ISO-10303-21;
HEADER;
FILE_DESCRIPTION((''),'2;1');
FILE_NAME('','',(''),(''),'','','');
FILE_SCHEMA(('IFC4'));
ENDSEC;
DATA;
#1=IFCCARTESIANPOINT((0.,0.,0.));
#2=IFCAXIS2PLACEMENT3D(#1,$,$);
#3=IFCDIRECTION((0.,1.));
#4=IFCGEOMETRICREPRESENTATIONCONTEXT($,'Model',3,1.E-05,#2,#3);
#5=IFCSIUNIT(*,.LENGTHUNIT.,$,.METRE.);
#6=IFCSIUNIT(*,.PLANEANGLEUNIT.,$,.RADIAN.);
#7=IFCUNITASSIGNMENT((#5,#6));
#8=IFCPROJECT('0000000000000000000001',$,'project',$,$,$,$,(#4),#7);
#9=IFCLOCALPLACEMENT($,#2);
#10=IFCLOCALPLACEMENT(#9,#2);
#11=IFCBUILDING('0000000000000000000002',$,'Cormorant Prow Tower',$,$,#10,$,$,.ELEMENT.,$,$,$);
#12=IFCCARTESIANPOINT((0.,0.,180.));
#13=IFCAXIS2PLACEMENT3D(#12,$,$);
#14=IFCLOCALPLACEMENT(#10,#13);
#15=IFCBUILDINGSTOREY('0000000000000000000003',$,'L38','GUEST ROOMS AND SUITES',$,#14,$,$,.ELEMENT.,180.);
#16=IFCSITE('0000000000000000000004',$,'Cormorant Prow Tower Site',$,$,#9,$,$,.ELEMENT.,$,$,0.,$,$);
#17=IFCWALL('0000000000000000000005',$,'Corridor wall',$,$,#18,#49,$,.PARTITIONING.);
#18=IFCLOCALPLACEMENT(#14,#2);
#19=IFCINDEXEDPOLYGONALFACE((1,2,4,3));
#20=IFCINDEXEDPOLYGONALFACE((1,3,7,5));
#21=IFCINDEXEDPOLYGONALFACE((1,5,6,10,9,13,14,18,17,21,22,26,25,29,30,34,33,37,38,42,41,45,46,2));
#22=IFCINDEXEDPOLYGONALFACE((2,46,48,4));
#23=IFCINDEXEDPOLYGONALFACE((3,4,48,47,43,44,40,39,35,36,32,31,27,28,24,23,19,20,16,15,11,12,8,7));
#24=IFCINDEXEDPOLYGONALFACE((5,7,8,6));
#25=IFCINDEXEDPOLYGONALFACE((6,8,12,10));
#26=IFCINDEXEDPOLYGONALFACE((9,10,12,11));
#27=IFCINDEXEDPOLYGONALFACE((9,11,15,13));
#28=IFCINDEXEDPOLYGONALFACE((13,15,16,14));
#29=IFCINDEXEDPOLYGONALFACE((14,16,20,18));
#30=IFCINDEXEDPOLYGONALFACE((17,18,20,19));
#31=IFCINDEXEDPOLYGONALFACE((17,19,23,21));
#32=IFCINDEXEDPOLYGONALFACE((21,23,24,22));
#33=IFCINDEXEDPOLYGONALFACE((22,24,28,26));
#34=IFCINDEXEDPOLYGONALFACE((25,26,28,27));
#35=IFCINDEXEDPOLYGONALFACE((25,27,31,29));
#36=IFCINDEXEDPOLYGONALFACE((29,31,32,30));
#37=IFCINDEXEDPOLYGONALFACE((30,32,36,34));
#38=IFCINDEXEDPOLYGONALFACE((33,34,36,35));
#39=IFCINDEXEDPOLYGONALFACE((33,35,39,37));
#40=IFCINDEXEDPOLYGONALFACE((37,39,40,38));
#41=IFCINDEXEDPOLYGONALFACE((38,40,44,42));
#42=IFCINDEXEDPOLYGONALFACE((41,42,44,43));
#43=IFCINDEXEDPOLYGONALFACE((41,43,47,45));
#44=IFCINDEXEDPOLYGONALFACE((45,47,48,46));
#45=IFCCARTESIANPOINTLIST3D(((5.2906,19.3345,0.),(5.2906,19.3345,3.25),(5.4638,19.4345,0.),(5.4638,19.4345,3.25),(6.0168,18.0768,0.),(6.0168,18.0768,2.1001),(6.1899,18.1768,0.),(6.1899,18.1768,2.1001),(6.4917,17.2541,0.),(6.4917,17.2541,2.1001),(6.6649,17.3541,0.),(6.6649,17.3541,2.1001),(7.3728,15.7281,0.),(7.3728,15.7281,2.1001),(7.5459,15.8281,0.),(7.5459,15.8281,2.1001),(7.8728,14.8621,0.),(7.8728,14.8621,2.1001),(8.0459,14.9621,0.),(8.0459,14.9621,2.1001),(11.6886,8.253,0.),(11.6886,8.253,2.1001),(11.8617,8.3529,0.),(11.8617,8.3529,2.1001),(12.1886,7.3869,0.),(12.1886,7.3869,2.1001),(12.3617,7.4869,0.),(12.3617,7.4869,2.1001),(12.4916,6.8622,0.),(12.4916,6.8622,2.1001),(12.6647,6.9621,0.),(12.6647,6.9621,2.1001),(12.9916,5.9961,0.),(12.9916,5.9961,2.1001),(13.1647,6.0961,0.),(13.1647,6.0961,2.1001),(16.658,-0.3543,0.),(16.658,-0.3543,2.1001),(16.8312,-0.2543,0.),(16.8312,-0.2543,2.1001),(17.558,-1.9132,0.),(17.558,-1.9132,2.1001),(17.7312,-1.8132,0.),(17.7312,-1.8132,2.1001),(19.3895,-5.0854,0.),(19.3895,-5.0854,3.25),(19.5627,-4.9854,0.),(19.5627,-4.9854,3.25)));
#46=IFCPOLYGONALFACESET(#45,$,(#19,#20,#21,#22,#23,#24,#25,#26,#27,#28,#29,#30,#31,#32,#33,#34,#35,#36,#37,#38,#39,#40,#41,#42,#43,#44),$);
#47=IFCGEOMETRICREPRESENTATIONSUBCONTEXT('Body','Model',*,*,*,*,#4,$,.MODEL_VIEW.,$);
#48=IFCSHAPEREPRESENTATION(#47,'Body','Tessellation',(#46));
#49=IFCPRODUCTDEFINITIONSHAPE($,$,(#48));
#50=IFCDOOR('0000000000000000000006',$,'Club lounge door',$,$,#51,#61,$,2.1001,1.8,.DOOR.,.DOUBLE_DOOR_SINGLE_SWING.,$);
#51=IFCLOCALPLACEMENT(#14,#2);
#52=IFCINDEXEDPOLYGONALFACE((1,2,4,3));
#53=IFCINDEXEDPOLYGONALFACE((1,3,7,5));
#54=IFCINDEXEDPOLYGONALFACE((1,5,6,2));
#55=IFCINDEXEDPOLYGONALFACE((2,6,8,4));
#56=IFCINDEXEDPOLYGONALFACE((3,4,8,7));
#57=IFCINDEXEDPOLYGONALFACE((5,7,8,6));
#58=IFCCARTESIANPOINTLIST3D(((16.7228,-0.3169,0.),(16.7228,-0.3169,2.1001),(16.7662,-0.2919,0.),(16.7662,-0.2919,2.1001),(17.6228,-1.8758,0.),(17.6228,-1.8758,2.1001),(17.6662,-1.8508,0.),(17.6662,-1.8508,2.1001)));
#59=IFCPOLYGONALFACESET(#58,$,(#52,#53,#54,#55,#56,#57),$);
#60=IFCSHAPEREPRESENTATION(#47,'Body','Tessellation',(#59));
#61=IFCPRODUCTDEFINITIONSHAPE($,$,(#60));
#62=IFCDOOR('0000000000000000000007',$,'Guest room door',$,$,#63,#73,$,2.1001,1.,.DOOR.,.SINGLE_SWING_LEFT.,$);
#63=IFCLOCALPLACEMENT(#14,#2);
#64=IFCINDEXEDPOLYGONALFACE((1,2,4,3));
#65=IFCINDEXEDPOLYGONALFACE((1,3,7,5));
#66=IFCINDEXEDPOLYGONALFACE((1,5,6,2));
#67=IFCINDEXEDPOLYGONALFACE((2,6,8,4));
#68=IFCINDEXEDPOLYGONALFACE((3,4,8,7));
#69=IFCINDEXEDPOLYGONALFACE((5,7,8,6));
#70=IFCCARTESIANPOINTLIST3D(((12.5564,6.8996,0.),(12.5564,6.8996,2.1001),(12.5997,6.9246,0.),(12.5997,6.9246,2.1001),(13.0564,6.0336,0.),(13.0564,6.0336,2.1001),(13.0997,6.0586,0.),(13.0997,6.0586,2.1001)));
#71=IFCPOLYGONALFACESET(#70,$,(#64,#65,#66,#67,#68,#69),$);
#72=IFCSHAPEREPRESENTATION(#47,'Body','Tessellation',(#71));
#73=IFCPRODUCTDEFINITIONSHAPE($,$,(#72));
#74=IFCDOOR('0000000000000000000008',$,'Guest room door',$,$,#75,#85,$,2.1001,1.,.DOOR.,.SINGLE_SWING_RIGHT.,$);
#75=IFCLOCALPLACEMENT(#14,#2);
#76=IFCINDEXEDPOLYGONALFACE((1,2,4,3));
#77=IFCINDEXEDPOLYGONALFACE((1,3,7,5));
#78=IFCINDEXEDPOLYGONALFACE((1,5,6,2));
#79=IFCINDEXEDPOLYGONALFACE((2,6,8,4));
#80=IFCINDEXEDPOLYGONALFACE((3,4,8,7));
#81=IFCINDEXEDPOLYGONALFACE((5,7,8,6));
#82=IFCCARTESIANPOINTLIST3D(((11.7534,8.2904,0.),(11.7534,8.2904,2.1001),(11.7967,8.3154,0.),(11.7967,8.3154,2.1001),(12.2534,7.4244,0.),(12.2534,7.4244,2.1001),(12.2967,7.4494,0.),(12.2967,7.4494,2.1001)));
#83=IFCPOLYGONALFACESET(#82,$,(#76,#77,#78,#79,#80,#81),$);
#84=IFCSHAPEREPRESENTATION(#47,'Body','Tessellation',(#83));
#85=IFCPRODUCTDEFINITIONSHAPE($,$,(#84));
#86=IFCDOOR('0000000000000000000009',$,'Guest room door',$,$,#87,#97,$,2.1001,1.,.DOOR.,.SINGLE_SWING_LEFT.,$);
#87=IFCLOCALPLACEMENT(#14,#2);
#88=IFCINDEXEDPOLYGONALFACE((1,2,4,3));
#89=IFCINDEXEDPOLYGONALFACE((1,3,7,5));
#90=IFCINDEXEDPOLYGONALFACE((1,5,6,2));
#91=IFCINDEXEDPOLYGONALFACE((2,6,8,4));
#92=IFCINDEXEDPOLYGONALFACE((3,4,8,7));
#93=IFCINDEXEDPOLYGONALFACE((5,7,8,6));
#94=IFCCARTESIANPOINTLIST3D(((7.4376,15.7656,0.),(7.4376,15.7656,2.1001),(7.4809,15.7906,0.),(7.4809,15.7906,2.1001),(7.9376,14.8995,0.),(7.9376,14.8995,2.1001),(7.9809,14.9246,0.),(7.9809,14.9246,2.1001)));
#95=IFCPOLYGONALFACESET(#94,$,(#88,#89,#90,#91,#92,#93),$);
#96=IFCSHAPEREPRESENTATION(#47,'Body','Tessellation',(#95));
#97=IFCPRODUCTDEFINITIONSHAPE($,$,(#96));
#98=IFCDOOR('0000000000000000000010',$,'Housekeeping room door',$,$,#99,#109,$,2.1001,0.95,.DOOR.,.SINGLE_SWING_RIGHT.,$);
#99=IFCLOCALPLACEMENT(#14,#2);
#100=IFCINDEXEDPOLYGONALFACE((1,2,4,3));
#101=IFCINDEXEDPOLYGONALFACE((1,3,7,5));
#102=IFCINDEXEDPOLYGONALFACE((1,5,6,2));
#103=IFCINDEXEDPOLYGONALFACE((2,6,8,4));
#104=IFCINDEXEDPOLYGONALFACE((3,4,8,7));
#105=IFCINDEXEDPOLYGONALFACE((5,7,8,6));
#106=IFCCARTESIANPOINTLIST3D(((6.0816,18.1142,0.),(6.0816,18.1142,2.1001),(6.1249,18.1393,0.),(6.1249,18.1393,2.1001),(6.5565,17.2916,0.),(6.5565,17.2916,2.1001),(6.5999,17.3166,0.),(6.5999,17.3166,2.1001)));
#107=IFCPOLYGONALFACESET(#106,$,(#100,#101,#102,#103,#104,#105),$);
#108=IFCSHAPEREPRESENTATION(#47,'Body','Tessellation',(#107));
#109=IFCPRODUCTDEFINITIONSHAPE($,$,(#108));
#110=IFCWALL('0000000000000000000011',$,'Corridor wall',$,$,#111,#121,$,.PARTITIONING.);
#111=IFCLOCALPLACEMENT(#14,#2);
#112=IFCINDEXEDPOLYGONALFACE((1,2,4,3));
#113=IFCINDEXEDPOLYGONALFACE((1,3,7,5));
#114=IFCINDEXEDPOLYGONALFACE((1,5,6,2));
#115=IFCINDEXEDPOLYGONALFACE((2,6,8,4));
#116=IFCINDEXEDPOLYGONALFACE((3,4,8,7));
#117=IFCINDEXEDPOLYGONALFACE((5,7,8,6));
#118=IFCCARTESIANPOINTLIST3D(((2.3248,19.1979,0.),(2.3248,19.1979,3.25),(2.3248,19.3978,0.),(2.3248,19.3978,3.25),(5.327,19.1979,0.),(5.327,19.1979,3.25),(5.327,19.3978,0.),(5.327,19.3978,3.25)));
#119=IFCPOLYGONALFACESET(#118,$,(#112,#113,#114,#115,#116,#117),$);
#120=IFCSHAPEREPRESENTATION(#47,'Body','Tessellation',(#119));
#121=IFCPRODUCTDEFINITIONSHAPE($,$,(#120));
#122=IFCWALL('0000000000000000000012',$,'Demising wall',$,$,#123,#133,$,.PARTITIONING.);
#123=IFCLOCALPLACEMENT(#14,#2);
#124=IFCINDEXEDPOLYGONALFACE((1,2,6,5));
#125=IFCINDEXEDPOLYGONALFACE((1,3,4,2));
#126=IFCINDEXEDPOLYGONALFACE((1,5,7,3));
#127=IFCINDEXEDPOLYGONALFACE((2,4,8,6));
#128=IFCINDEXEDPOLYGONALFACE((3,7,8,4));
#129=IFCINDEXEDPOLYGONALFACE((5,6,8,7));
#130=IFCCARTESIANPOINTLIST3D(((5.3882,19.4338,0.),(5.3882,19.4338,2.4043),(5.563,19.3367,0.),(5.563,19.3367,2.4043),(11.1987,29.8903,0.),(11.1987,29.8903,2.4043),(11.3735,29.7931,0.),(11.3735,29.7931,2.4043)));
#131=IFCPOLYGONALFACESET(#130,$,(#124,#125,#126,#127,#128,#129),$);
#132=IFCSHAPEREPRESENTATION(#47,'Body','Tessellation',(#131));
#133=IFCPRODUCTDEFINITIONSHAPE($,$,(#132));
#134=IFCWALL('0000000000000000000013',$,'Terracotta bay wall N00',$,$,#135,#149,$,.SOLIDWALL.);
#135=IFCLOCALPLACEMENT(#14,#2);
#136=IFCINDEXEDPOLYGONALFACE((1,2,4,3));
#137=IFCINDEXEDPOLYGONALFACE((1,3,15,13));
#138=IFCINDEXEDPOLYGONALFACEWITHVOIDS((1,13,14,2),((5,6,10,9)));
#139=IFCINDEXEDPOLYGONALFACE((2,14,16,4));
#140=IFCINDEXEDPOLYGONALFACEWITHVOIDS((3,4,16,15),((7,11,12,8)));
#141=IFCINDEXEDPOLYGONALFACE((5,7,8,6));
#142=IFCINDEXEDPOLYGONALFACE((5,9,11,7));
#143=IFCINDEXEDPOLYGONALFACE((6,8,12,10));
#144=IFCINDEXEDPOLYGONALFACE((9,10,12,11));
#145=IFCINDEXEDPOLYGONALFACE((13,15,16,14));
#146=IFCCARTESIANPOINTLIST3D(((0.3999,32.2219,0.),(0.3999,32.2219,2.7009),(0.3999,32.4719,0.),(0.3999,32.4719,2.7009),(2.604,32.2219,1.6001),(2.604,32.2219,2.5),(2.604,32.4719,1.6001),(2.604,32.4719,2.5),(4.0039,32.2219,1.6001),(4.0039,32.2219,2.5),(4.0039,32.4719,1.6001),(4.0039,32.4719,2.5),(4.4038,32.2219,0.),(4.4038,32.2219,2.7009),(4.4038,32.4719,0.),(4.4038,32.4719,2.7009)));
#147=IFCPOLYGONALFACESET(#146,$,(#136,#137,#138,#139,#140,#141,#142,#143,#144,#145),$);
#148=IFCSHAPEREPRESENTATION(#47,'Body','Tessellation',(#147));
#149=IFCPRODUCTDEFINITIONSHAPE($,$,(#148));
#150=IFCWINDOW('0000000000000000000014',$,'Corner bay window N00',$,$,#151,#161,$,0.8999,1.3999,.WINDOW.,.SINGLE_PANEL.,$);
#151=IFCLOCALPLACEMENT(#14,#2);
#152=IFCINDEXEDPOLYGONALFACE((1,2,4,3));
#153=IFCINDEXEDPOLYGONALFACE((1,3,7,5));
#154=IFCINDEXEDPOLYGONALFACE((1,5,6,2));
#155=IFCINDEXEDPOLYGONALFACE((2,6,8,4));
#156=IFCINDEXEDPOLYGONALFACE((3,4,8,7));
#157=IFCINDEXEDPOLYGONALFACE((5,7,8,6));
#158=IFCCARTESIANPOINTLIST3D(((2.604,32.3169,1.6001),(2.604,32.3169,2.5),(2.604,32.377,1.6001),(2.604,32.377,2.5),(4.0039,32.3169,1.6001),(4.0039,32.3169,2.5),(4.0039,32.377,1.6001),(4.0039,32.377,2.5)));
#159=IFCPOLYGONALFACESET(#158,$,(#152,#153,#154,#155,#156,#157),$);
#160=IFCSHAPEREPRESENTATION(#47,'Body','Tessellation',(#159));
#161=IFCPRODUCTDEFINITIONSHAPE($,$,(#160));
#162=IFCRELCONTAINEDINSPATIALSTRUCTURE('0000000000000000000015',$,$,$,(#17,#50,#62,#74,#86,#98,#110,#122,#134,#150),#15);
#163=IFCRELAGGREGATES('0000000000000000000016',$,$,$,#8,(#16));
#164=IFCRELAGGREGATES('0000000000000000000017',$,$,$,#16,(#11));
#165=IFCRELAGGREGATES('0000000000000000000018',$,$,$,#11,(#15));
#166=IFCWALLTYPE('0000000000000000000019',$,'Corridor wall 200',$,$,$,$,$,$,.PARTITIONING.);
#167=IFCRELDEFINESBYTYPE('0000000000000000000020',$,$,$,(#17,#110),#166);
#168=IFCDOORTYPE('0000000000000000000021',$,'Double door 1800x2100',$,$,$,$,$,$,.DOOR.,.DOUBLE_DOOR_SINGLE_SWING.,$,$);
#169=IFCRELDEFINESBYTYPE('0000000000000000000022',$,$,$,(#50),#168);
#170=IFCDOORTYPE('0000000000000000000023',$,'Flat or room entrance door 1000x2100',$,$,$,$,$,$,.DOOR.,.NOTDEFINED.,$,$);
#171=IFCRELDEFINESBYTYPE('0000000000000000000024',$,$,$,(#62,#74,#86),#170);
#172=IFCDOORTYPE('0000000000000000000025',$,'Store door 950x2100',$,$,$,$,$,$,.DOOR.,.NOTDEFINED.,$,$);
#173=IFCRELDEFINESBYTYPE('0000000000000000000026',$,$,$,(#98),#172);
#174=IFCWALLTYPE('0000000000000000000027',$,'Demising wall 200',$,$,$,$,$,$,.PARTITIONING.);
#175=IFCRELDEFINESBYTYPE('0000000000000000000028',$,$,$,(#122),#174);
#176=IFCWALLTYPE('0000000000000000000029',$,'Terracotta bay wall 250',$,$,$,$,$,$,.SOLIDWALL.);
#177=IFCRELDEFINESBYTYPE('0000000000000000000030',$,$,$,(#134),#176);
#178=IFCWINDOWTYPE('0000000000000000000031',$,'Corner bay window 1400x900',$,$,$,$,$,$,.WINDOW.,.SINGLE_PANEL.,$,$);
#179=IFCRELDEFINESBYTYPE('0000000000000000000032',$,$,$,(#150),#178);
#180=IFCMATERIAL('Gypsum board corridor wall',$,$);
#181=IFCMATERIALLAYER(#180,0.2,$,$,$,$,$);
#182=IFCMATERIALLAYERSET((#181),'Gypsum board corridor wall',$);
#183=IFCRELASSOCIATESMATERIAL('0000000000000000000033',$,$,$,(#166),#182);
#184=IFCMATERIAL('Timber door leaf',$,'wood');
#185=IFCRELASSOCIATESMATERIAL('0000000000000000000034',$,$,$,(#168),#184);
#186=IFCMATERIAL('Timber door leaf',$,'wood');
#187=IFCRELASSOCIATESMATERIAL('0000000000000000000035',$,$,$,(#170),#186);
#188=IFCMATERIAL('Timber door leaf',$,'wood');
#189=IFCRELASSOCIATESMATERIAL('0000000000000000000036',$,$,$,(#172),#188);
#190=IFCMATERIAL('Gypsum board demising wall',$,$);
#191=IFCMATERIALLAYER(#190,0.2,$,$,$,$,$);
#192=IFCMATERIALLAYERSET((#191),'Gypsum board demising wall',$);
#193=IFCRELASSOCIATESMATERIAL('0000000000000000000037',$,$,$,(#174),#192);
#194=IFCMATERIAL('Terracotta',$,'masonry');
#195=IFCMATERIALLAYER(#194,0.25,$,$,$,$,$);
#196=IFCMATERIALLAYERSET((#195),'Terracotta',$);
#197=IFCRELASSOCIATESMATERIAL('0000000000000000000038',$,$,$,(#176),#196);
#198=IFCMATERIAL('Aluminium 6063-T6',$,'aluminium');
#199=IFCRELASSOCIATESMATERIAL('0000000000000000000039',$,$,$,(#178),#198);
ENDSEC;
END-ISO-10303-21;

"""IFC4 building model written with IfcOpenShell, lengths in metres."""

from ifc_helpers import new_model, si_unit, direction, frame, frame_2d, origin, place, context, subcontext, project, spatial, rectangle, extrude, material, layer, layer_set, type_object, element, fill, save


model = new_model("IFC4")

# Units and contexts
model_context = context("Model", 3, precision=1e-05, world=origin(), true_north=direction((0.0, 1.0)))
body_context = subcontext(model_context, "Body", "Model", "MODEL_VIEW")
ifc_project = project(units=[si_unit("LENGTHUNIT", "METRE"), si_unit("PLANEANGLEUNIT", "RADIAN")], contexts=[model_context])

# Site, building, storey
site_placement = place(None, origin())
site = spatial("IfcSite", under=ifc_project, at=site_placement, Name="Cormorant Prow Tower Site", CompositionType="ELEMENT", RefElevation=0.0)
building_placement = place(site_placement, origin())
building = spatial("IfcBuilding", under=site, at=building_placement, Name="Cormorant Prow Tower", CompositionType="ELEMENT")
storey_placement = place(building_placement, frame((0.0, 0.0, 180.0)))
storey = spatial("IfcBuildingStorey", under=building, at=storey_placement, Name="L38", Description="GUEST ROOMS AND SUITES", CompositionType="ELEMENT", Elevation=180.0)

# Wall, openings, doors
ifc_material_1 = material(Name="Gypsum board corridor wall")
ifc_layer_1 = layer(ifc_material_1, 0.2)
ifc_layer_set_1 = layer_set([ifc_layer_1], Name="Gypsum board corridor wall")
wall_type_1 = type_object("IfcWallType", Name="Corridor wall 200", PredefinedType="PARTITIONING", material=ifc_layer_set_1)
wall_1_placement = place(storey_placement, frame((5.3772, 19.3845, 0.0), z_axis=(0.0, 0.0, 1.0), x_axis=(0.500001, -0.866025, 0.0)))
wall_1 = element("IfcWall", 1, at=wall_1_placement, inside=storey, type_object=wall_type_1, Name="Corridor wall", PredefinedType="PARTITIONING", context=body_context, shape_type="SweptSolid", body=[
    extrude(rectangle(XDim=28.1978, YDim=0.2, at=frame_2d((14.0989, 0.0))), origin(), (0.0, 0.0, 1.0), 3.25),
])
opening_1_placement = place(wall_1_placement, frame((22.7349, 0.0, 0.0)))
opening_1 = element("IfcOpeningElement", 2, at=opening_1_placement, cuts=wall_1, PredefinedType="OPENING", context=body_context, shape_type="SweptSolid", body=[
    extrude(rectangle(XDim=1.8, YDim=2.1001, at=frame_2d((0.8999, 1.05))), frame((0.0, 0.1099, 0.0), z_axis=(0.0, -1.0, 0.0), x_axis=(1.0, 0.0, 0.0)), (0.0, 0.0, 1.0), 0.22),
])
opening_2_placement = place(wall_1_placement, frame((14.4019, 0.0, 0.0)))
opening_2 = element("IfcOpeningElement", 3, at=opening_2_placement, cuts=wall_1, PredefinedType="OPENING", context=body_context, shape_type="SweptSolid", body=[
    extrude(rectangle(XDim=1.0, YDim=2.1001, at=frame_2d((0.5, 1.05))), frame((0.0, 0.1099, 0.0), z_axis=(0.0, -1.0, 0.0), x_axis=(1.0, 0.0, 0.0)), (0.0, 0.0, 1.0), 0.22),
])
opening_3_placement = place(wall_1_placement, frame((12.7959, 0.0, 0.0)))
opening_3 = element("IfcOpeningElement", 4, at=opening_3_placement, cuts=wall_1, PredefinedType="OPENING", context=body_context, shape_type="SweptSolid", body=[
    extrude(rectangle(XDim=1.0, YDim=2.1001, at=frame_2d((0.5, 1.05))), frame((0.0, 0.1099, 0.0), z_axis=(0.0, -1.0, 0.0), x_axis=(1.0, 0.0, 0.0)), (0.0, 0.0, 1.0), 0.22),
])
opening_4_placement = place(wall_1_placement, frame((4.1643, 0.0, 0.0)))
opening_4 = element("IfcOpeningElement", 5, at=opening_4_placement, cuts=wall_1, PredefinedType="OPENING", context=body_context, shape_type="SweptSolid", body=[
    extrude(rectangle(XDim=1.0, YDim=2.1001, at=frame_2d((0.5, 1.05))), frame((0.0, 0.1099, 0.0), z_axis=(0.0, -1.0, 0.0), x_axis=(1.0, 0.0, 0.0)), (0.0, 0.0, 1.0), 0.22),
])
opening_5_placement = place(wall_1_placement, frame((1.4521, 0.0, 0.0)))
opening_5 = element("IfcOpeningElement", 6, at=opening_5_placement, cuts=wall_1, PredefinedType="OPENING", context=body_context, shape_type="SweptSolid", body=[
    extrude(rectangle(XDim=0.95, YDim=2.1001, at=frame_2d((0.4751, 1.05))), frame((0.0, 0.1099, 0.0), z_axis=(0.0, -1.0, 0.0), x_axis=(1.0, 0.0, 0.0)), (0.0, 0.0, 1.0), 0.22),
])
ifc_material_2 = material(Name="Timber door leaf", Category="wood")
door_type_1 = type_object("IfcDoorType", Name="Double door 1800x2100", OperationType="DOUBLE_DOOR_SINGLE_SWING", PredefinedType="DOOR", material=ifc_material_2)
door_1_placement = place(opening_1_placement, origin())
door_1 = element("IfcDoor", 7, at=door_1_placement, inside=storey, type_object=door_type_1, Name="Club lounge door", OperationType="DOUBLE_DOOR_SINGLE_SWING", OverallHeight=2.1001, OverallWidth=1.8, PredefinedType="DOOR", context=body_context, shape_type="SweptSolid", body=[
    extrude(rectangle(XDim=1.8, YDim=2.1001, at=frame_2d((0.8999, 1.05))), frame((0.0, 0.0249, 0.0), z_axis=(0.0, -1.0, 0.0), x_axis=(1.0, 0.0, 0.0)), (0.0, 0.0, 1.0), 0.05),
])
fill(opening_1, door_1)
ifc_material_3 = material(Name="Timber door leaf", Category="wood")
door_type_2 = type_object("IfcDoorType", Name="Flat or room entrance door 1000x2100", OperationType="NOTDEFINED", PredefinedType="DOOR", material=ifc_material_3)
door_2_placement = place(opening_2_placement, origin())
door_2 = element("IfcDoor", 8, at=door_2_placement, inside=storey, type_object=door_type_2, Name="Guest room door", OperationType="SINGLE_SWING_LEFT", OverallHeight=2.1001, OverallWidth=1.0, PredefinedType="DOOR", context=body_context, shape_type="SweptSolid", body=[
    extrude(rectangle(XDim=1.0, YDim=2.1001, at=frame_2d((0.5, 1.05))), frame((0.0, 0.0249, 0.0), z_axis=(0.0, -1.0, 0.0), x_axis=(1.0, 0.0, 0.0)), (0.0, 0.0, 1.0), 0.05),
])
fill(opening_2, door_2)
door_3_placement = place(opening_3_placement, origin())
door_3 = element("IfcDoor", 9, at=door_3_placement, inside=storey, type_object=door_type_2, Name="Guest room door", OperationType="SINGLE_SWING_RIGHT", OverallHeight=2.1001, OverallWidth=1.0, PredefinedType="DOOR", context=body_context, shape_type="SweptSolid", body=[
    extrude(rectangle(XDim=1.0, YDim=2.1001, at=frame_2d((0.5, 1.05))), frame((0.0, 0.0249, 0.0), z_axis=(0.0, -1.0, 0.0), x_axis=(1.0, 0.0, 0.0)), (0.0, 0.0, 1.0), 0.05),
])
fill(opening_3, door_3)
door_4_placement = place(opening_4_placement, origin())
door_4 = element("IfcDoor", 10, at=door_4_placement, inside=storey, type_object=door_type_2, Name="Guest room door", OperationType="SINGLE_SWING_LEFT", OverallHeight=2.1001, OverallWidth=1.0, PredefinedType="DOOR", context=body_context, shape_type="SweptSolid", body=[
    extrude(rectangle(XDim=1.0, YDim=2.1001, at=frame_2d((0.5, 1.05))), frame((0.0, 0.0249, 0.0), z_axis=(0.0, -1.0, 0.0), x_axis=(1.0, 0.0, 0.0)), (0.0, 0.0, 1.0), 0.05),
])
fill(opening_4, door_4)
ifc_material_4 = material(Name="Timber door leaf", Category="wood")
door_type_3 = type_object("IfcDoorType", Name="Store door 950x2100", OperationType="NOTDEFINED", PredefinedType="DOOR", material=ifc_material_4)
door_5_placement = place(opening_5_placement, origin())
door_5 = element("IfcDoor", 11, at=door_5_placement, inside=storey, type_object=door_type_3, Name="Housekeeping room door", OperationType="SINGLE_SWING_RIGHT", OverallHeight=2.1001, OverallWidth=0.95, PredefinedType="DOOR", context=body_context, shape_type="SweptSolid", body=[
    extrude(rectangle(XDim=0.95, YDim=2.1001, at=frame_2d((0.4751, 1.05))), frame((0.0, 0.0249, 0.0), z_axis=(0.0, -1.0, 0.0), x_axis=(1.0, 0.0, 0.0)), (0.0, 0.0, 1.0), 0.05),
])
fill(opening_5, door_5)

# Walls
wall_2_placement = place(storey_placement, frame((2.325, 19.2979, 0.0), z_axis=(0.0, 0.0, 1.0), x_axis=(1.0, 0.0, 0.0)))
element("IfcWall", 12, at=wall_2_placement, inside=storey, type_object=wall_type_1, Name="Corridor wall", PredefinedType="PARTITIONING", context=body_context, shape_type="SweptSolid", body=[
    extrude(rectangle(XDim=3.0022, YDim=0.2, at=frame_2d((1.501, 0.0))), origin(), (0.0, 0.0, 1.0), 3.25),
])
ifc_material_5 = material(Name="Gypsum board demising wall")
ifc_layer_2 = layer(ifc_material_5, 0.2)
ifc_layer_set_2 = layer_set([ifc_layer_2], Name="Gypsum board demising wall")
wall_type_2 = type_object("IfcWallType", Name="Demising wall 200", PredefinedType="PARTITIONING", material=ifc_layer_set_2)
wall_3_placement = place(storey_placement, frame((5.4756, 19.3853, 0.0), z_axis=(0.0, 0.0, 1.0), x_axis=(0.48573, 0.874109, 0.0)))
element("IfcWall", 13, at=wall_3_placement, inside=storey, type_object=wall_type_2, Name="Demising wall", PredefinedType="PARTITIONING", context=body_context, shape_type="SweptSolid", body=[
    extrude(rectangle(XDim=11.9624, YDim=0.2, at=frame_2d((5.9812, 0.0))), origin(), (0.0, 0.0, 1.0), 2.4043),
])

# Wall, opening, window
ifc_material_6 = material(Name="Terracotta", Category="masonry")
ifc_layer_3 = layer(ifc_material_6, 0.25)
ifc_layer_set_3 = layer_set([ifc_layer_3], Name="Terracotta")
wall_type_3 = type_object("IfcWallType", Name="Terracotta bay wall 250", PredefinedType="SOLIDWALL", material=ifc_layer_set_3)
wall_4_placement = place(storey_placement, frame((4.4038, 32.3469, 0.0), z_axis=(0.0, 0.0, 1.0), x_axis=(-1.0, 0.0, 0.0)))
wall_4 = element("IfcWall", 14, at=wall_4_placement, inside=storey, type_object=wall_type_3, Name="Terracotta bay wall N00", PredefinedType="SOLIDWALL", context=body_context, shape_type="SweptSolid", body=[
    extrude(rectangle(XDim=4.0039, YDim=0.25, at=frame_2d((2.002, 0.0))), origin(), (0.0, 0.0, 1.0), 2.7009),
])
opening_6_placement = place(wall_4_placement, frame((0.3999, 0.0, 1.6001)))
opening_6 = element("IfcOpeningElement", 15, at=opening_6_placement, cuts=wall_4, PredefinedType="OPENING", context=body_context, shape_type="SweptSolid", body=[
    extrude(rectangle(XDim=1.3999, YDim=0.8999, at=frame_2d((0.7, 0.45))), frame((0.0, 0.135, 0.0), z_axis=(0.0, -1.0, 0.0), x_axis=(1.0, 0.0, 0.0)), (0.0, 0.0, 1.0), 0.27),
])
ifc_material_7 = material(Name="Aluminium 6063-T6", Category="aluminium")
window_type = type_object("IfcWindowType", Name="Corner bay window 1400x900", PartitioningType="SINGLE_PANEL", PredefinedType="WINDOW", material=ifc_material_7)
window_placement = place(opening_6_placement, origin())
window = element("IfcWindow", 16, at=window_placement, inside=storey, type_object=window_type, Name="Corner bay window N00", OverallHeight=0.8999, OverallWidth=1.3999, PartitioningType="SINGLE_PANEL", PredefinedType="WINDOW", context=body_context, shape_type="SweptSolid", body=[
    extrude(rectangle(XDim=1.3999, YDim=0.8999, at=frame_2d((0.7, 0.45))), frame((0.0, 0.03, 0.0), z_axis=(0.0, -1.0, 0.0), x_axis=(1.0, 0.0, 0.0)), (0.0, 0.0, 1.0), 0.0601),
])
fill(opening_6, window)

save(model, "model.ifc")
